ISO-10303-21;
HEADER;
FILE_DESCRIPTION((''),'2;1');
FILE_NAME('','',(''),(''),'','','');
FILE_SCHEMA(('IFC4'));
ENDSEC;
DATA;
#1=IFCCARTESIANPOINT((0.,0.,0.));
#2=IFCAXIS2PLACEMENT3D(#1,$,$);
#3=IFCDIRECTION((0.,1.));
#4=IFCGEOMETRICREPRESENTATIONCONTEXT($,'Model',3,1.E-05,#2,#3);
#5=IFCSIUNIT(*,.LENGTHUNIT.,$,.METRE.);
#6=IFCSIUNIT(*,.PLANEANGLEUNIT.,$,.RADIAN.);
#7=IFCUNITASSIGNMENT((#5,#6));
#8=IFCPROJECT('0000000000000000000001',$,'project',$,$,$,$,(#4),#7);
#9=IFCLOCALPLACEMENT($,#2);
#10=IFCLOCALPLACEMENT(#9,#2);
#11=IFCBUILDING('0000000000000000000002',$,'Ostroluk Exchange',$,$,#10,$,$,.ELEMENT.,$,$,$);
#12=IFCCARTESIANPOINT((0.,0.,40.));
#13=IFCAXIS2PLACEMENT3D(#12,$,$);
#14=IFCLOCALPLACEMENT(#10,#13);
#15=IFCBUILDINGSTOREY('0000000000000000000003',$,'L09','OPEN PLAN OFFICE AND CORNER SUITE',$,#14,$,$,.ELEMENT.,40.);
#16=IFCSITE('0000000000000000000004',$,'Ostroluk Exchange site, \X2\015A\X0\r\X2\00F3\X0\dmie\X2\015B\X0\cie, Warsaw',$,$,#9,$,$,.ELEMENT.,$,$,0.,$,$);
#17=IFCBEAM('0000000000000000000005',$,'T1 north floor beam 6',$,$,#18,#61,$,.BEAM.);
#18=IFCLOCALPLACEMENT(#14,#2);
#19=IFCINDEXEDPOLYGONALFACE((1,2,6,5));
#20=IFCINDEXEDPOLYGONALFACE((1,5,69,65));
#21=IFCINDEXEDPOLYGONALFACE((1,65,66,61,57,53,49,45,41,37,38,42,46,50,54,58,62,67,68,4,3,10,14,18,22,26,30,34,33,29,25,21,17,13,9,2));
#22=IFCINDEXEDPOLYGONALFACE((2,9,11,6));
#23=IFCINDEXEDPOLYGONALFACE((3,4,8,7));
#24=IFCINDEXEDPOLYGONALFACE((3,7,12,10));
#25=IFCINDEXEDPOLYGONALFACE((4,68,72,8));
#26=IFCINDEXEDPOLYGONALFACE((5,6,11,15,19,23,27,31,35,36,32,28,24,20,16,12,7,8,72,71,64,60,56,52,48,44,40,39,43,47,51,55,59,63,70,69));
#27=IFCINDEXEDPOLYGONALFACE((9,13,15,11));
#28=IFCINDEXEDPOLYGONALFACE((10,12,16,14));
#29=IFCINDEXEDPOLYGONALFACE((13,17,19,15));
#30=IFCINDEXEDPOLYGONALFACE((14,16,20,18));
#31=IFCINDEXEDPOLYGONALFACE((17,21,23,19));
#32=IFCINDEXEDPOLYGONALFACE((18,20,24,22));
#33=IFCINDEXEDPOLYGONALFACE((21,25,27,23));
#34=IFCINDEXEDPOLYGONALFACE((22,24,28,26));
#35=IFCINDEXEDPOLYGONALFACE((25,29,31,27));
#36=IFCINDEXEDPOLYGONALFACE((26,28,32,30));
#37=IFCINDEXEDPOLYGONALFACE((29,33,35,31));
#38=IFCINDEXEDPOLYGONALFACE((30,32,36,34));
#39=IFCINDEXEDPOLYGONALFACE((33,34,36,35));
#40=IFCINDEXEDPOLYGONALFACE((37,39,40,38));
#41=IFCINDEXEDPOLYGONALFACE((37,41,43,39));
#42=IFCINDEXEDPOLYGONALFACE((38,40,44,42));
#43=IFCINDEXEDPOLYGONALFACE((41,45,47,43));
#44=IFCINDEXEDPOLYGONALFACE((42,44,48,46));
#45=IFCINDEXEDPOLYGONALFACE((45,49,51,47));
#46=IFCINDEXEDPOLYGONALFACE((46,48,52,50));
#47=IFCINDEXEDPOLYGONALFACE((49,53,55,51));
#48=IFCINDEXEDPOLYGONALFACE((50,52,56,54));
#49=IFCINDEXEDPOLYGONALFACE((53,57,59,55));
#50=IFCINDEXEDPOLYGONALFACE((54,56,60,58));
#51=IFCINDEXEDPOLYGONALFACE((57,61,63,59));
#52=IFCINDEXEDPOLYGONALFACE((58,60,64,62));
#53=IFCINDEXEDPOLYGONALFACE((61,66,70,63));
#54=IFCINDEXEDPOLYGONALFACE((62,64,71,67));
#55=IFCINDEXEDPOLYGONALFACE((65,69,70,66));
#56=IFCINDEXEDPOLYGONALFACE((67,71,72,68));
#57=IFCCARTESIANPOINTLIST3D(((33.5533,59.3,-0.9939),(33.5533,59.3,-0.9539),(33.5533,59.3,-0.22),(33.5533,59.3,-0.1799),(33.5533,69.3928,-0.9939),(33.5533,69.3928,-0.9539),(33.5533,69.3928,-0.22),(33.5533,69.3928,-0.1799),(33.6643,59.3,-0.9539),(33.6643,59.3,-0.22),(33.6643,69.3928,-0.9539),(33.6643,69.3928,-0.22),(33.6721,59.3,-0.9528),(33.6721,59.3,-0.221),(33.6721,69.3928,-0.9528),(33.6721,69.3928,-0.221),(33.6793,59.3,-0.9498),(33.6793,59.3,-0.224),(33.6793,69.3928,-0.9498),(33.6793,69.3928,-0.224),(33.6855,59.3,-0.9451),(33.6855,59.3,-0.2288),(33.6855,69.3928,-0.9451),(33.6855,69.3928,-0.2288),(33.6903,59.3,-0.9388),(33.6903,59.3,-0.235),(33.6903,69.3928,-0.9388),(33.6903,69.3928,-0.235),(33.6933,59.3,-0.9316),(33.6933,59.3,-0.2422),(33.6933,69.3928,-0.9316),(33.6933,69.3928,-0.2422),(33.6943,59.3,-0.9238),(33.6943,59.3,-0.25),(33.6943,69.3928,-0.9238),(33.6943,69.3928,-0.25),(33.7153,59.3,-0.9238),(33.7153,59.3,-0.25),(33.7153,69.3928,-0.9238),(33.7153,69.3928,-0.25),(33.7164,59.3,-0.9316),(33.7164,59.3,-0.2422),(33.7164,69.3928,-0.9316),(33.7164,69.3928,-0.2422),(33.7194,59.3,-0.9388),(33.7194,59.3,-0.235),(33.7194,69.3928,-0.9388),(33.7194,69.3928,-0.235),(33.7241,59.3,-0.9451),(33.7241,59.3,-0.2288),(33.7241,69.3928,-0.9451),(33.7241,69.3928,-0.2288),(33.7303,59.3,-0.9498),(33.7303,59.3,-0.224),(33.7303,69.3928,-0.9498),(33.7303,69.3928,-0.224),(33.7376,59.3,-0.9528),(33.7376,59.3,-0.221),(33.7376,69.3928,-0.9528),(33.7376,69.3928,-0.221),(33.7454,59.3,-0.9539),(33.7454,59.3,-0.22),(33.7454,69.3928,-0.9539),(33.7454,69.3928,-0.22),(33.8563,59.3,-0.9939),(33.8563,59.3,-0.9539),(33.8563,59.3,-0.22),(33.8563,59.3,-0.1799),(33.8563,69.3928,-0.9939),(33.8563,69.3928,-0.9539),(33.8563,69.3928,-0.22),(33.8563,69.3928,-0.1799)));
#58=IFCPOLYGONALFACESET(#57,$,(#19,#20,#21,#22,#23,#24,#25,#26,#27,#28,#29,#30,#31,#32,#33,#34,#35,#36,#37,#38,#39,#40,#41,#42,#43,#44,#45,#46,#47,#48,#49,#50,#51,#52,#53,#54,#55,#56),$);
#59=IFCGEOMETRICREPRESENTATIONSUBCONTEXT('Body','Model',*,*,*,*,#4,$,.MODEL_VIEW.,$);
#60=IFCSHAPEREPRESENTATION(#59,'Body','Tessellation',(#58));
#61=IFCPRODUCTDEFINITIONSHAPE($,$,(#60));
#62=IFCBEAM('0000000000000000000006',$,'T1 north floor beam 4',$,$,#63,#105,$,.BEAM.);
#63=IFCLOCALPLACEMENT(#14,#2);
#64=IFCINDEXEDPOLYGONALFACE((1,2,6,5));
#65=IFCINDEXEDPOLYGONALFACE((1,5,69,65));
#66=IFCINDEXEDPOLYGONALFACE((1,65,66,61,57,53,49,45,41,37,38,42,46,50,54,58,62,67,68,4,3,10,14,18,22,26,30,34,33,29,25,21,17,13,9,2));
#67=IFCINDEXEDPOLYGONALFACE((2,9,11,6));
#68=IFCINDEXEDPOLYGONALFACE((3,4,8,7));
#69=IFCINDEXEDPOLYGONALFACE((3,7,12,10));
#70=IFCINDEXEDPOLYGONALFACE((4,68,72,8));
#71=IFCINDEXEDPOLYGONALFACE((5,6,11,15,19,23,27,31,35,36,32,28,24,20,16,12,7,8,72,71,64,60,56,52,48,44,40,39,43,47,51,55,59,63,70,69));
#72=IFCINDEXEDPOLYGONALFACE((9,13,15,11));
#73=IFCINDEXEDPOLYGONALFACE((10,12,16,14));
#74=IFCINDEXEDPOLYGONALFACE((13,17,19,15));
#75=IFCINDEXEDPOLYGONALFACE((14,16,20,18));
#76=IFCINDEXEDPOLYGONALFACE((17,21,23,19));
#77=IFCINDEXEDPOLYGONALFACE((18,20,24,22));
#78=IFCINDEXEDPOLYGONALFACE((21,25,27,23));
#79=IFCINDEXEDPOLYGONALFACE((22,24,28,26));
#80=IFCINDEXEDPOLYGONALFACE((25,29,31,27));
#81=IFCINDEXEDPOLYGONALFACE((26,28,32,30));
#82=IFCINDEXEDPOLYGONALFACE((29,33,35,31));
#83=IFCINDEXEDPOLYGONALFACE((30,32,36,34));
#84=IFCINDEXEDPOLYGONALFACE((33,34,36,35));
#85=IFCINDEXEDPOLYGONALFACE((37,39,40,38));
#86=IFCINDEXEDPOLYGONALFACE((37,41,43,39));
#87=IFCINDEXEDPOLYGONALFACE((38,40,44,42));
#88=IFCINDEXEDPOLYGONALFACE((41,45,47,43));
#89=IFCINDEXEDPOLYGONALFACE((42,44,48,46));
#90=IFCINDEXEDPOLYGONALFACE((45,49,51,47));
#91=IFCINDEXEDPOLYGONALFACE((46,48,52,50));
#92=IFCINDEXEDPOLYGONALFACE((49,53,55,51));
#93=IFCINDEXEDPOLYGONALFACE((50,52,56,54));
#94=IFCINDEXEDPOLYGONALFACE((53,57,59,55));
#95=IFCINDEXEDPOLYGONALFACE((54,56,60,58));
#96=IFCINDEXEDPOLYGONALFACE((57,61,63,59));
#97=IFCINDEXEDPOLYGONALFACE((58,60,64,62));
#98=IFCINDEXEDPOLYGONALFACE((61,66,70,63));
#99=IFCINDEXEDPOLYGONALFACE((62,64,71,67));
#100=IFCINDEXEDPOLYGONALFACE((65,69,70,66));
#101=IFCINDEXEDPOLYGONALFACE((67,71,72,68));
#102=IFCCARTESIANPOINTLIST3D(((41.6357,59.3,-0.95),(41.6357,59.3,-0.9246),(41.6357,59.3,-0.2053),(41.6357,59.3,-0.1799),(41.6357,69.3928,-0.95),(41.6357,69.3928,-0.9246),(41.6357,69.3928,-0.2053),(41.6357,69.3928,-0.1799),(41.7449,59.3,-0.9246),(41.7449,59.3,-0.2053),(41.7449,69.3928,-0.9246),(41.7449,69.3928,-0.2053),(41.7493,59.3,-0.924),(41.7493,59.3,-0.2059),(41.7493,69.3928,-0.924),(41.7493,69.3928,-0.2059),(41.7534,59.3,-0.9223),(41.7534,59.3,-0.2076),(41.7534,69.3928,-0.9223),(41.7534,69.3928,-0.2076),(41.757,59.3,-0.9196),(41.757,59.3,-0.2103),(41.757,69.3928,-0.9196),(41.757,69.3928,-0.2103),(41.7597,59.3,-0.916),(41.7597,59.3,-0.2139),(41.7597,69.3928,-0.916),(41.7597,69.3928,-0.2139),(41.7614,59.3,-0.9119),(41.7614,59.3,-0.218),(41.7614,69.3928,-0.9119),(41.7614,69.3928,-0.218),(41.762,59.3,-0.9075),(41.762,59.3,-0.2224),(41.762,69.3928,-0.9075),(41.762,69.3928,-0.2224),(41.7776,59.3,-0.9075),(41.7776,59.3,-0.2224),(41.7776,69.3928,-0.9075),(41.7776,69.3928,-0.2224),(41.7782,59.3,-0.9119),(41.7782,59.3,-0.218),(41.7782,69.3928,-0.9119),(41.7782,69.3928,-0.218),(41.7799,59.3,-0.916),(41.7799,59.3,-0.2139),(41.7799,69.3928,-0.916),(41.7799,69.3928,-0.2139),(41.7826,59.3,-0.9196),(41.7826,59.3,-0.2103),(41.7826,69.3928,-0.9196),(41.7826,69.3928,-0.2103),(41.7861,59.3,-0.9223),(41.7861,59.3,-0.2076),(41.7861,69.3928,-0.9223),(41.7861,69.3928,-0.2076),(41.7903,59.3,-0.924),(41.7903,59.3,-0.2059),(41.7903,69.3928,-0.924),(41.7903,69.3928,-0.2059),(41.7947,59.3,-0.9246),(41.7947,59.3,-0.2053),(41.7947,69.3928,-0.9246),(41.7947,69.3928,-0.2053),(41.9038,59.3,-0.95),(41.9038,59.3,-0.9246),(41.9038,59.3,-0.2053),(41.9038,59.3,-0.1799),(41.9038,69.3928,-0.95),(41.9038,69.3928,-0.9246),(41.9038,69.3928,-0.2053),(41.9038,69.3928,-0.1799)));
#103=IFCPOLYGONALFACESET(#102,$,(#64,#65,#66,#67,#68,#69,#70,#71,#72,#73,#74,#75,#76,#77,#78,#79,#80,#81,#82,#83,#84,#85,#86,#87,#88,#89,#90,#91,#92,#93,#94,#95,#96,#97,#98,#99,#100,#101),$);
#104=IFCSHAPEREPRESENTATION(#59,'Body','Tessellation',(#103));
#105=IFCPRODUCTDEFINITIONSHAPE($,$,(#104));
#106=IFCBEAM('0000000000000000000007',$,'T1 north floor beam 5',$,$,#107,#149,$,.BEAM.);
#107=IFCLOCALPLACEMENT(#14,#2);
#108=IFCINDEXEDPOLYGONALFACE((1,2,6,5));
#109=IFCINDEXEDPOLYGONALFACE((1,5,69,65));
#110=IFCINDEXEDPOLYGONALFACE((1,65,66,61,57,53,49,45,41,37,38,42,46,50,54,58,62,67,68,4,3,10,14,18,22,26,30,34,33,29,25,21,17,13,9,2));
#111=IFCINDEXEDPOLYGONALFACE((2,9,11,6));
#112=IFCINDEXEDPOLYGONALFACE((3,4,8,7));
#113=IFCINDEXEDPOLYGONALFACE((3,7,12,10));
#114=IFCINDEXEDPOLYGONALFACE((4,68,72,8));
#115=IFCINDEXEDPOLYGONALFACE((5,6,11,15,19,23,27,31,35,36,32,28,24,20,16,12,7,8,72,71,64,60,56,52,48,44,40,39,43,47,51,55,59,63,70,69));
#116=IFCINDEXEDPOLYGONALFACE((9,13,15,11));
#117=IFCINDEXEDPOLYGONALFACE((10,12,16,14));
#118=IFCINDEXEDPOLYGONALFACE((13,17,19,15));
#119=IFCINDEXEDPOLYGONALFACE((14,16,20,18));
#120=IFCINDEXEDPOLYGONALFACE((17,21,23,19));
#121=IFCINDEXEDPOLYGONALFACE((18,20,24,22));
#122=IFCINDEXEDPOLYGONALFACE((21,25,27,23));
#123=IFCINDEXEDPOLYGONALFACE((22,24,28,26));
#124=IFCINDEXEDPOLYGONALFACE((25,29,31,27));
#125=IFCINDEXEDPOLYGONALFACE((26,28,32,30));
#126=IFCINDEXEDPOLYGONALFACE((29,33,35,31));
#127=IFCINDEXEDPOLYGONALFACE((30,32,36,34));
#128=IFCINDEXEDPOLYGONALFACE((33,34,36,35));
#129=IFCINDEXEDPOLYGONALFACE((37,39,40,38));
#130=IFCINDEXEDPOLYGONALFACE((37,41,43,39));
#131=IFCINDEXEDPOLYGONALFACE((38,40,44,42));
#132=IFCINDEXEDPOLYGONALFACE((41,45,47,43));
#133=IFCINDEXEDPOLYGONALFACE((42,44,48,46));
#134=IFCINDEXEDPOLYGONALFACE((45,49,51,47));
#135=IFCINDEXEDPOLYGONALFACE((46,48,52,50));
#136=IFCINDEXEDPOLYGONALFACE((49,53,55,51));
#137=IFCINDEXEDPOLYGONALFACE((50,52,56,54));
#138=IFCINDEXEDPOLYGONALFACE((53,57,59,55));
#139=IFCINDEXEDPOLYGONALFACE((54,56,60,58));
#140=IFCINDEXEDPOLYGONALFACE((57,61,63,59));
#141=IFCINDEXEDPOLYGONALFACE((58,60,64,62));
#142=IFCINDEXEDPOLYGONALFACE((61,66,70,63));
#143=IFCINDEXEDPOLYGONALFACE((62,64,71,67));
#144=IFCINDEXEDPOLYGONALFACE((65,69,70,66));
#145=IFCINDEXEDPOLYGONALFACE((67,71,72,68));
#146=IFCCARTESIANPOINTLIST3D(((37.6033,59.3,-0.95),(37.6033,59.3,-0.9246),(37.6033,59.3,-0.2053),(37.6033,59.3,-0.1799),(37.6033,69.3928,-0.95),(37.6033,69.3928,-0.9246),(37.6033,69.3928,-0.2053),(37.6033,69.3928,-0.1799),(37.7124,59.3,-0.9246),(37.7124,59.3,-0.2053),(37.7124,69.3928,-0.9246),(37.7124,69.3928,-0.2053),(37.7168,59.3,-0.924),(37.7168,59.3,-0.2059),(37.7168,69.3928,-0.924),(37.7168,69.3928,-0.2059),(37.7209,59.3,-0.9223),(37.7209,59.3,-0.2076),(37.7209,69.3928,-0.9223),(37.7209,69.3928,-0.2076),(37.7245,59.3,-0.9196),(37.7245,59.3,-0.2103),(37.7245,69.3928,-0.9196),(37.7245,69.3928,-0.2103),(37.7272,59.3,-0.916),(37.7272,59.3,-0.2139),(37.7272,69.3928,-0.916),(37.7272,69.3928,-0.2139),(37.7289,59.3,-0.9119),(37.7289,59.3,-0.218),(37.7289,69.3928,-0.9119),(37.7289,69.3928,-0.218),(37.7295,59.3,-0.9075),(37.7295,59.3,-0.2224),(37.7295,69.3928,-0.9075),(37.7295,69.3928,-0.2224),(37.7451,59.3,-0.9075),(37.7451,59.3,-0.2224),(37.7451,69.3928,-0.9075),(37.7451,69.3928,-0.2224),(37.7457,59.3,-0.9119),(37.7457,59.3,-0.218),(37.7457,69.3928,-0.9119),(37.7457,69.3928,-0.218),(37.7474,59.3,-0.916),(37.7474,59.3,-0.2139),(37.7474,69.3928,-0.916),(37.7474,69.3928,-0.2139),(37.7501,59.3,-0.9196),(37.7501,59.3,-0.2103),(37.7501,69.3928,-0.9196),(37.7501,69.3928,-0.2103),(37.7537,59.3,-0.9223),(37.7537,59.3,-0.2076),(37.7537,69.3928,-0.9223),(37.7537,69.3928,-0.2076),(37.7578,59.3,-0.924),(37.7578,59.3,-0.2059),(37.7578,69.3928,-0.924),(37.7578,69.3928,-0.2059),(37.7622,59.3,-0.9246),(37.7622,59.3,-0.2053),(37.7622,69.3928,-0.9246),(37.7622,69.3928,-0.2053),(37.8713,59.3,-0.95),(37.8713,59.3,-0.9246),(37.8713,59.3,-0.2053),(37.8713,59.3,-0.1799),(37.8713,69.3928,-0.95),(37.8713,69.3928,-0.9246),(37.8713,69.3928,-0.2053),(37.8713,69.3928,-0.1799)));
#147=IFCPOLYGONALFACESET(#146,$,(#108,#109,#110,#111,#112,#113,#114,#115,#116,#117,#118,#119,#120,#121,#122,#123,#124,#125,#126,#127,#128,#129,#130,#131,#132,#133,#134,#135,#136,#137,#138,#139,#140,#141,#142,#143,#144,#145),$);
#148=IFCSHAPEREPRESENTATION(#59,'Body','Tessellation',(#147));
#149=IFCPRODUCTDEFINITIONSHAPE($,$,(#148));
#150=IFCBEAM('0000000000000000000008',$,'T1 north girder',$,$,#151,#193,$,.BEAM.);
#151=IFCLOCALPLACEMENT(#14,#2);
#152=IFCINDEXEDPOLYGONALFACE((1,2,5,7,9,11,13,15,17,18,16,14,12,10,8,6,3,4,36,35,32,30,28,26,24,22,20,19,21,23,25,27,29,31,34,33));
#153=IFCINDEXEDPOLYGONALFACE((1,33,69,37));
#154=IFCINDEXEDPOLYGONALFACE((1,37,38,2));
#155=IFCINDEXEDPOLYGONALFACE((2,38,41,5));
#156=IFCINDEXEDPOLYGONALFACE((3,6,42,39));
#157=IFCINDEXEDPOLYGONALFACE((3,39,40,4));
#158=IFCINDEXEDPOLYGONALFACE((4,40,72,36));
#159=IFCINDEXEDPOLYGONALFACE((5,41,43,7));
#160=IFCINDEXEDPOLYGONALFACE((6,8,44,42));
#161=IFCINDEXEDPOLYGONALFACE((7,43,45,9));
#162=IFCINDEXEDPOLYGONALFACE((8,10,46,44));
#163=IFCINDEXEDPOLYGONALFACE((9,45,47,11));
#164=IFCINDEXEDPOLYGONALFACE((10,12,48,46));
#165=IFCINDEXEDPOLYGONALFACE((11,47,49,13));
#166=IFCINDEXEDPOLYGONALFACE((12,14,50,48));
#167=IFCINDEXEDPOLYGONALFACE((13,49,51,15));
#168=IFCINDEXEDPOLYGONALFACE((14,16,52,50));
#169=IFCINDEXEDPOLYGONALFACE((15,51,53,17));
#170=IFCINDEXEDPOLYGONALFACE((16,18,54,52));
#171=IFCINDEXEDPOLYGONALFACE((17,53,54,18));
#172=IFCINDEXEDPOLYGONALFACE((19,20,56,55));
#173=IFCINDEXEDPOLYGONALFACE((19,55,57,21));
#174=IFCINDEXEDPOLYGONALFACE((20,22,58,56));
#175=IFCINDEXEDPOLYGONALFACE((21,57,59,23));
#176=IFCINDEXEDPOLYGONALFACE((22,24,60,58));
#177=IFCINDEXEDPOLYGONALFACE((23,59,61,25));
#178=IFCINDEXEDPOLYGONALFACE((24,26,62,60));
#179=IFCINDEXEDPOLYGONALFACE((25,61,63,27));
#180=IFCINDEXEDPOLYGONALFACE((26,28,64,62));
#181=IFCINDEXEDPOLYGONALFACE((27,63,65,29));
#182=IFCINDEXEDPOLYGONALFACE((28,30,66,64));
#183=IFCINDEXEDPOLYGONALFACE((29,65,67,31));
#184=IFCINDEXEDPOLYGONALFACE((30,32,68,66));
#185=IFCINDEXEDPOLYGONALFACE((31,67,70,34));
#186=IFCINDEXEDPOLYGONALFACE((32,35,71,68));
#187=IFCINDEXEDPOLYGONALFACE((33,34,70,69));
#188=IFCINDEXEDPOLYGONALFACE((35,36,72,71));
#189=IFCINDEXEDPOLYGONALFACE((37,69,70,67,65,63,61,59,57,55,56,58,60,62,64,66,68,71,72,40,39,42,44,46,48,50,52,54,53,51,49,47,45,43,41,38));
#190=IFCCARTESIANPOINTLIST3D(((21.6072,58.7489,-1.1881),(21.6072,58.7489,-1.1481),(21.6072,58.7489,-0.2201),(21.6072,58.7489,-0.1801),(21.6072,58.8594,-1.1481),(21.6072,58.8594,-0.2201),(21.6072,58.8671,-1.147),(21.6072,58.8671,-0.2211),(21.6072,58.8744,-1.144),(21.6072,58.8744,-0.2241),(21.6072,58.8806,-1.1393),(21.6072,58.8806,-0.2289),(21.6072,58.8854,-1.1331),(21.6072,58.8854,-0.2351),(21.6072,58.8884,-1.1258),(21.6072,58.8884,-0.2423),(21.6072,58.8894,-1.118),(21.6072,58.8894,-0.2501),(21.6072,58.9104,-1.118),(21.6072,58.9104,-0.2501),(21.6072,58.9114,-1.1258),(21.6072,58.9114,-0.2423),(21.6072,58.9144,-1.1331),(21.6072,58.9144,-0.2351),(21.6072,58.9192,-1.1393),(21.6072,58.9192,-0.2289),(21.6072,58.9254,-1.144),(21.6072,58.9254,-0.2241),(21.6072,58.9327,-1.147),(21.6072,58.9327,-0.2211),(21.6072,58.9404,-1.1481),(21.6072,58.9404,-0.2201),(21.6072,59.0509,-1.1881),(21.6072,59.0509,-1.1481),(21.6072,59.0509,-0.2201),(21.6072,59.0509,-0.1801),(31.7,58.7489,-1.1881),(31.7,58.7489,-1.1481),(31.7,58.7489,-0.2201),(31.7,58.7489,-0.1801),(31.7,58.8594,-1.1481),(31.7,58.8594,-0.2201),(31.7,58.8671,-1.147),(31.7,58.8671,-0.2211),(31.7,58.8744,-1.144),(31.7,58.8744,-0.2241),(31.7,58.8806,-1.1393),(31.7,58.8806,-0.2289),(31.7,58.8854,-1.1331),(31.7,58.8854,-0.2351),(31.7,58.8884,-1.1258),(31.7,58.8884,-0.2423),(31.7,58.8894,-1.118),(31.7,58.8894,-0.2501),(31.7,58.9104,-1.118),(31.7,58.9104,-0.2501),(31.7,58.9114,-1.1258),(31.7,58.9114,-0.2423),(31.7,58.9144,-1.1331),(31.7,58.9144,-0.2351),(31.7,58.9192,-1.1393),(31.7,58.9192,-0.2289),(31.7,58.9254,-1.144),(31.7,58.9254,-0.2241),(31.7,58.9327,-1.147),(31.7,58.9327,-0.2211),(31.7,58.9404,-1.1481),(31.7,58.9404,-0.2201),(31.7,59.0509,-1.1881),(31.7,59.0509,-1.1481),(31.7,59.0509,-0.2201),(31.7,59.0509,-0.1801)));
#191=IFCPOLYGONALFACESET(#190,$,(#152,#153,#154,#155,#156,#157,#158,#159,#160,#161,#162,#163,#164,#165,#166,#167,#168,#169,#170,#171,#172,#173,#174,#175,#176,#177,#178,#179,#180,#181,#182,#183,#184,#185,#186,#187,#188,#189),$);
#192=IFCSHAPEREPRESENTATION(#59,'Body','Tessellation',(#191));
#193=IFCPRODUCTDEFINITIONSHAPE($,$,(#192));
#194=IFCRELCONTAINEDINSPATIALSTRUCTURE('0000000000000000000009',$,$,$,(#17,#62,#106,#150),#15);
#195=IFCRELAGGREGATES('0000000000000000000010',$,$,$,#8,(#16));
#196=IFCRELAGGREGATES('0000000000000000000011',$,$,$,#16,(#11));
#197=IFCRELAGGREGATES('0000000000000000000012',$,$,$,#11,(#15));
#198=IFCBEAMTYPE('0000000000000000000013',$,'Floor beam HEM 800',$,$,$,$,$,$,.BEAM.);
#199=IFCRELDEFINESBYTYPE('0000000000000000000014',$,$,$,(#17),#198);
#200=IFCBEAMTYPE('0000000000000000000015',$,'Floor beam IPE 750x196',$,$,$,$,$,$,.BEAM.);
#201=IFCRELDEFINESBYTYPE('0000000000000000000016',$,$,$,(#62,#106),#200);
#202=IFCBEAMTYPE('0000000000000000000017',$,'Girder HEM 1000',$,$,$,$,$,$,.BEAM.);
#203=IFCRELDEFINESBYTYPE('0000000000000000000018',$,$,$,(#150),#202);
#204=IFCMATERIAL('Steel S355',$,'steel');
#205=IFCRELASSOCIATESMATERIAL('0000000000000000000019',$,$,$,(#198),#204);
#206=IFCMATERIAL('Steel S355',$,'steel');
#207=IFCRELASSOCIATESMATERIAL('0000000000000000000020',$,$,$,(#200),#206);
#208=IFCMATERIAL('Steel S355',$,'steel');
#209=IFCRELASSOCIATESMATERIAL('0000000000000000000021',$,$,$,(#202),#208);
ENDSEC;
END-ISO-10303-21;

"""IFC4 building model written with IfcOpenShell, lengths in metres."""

from ifc_helpers import new_model, si_unit, direction, frame, origin, origin_2d, place, context, subcontext, project, spatial, i_section, extrude, material, material_profile, profile_set, type_object, element, save


model = new_model("IFC4")

# Units and contexts
model_context = context("Model", 3, precision=1e-05, world=origin(), true_north=direction((0.0, 1.0)))
body_context = subcontext(model_context, "Body", "Model", "MODEL_VIEW")
ifc_project = project(units=[si_unit("LENGTHUNIT", "METRE"), si_unit("PLANEANGLEUNIT", "RADIAN")], contexts=[model_context])

# Site, building, storey
site_placement = place(None, origin())
site = spatial("IfcSite", under=ifc_project, at=site_placement, Name="Ostroluk Exchange site, Śródmieście, Warsaw", CompositionType="ELEMENT", RefElevation=0.0)
building_placement = place(site_placement, origin())
building = spatial("IfcBuilding", under=site, at=building_placement, Name="Ostroluk Exchange", CompositionType="ELEMENT")
storey_placement = place(building_placement, frame((0.0, 0.0, 40.0)))
storey = spatial("IfcBuildingStorey", under=building, at=storey_placement, Name="L09", Description="OPEN PLAN OFFICE AND CORNER SUITE", CompositionType="ELEMENT", Elevation=40.0)

# Beams
ifc_material_1 = material(Name="Steel S355", Category="steel")
ifc_material_profile_1 = material_profile(ifc_material_1, i_section(OverallWidth=0.303, OverallDepth=0.814, WebThickness=0.021, FlangeThickness=0.04, FilletRadius=0.03, at=origin_2d()), Name="HEM 800")
ifc_profile_set_1 = profile_set([ifc_material_profile_1], Name="Steel S355")
beam_type_1 = type_object("IfcBeamType", Name="Floor beam HEM 800", PredefinedType="BEAM", material=ifc_profile_set_1)
beam_1_placement = place(storey_placement, frame((33.7048, 59.3, -0.5869), z_axis=(0.0, 1.0, 0.0), x_axis=(-1.0, 0.0, 0.0)))
element("IfcBeam", 1, at=beam_1_placement, inside=storey, type_object=beam_type_1, Name="T1 north floor beam 6", PredefinedType="BEAM", context=body_context, shape_type="SweptSolid", body=[
    extrude(i_section(OverallWidth=0.303, OverallDepth=0.814, WebThickness=0.021, FlangeThickness=0.04, FilletRadius=0.03, at=origin_2d()), origin(), (0.0, 0.0, 1.0), 10.0928),
])
ifc_material_2 = material(Name="Steel S355", Category="steel")
ifc_material_profile_2 = material_profile(ifc_material_2, i_section(OverallWidth=0.2681, OverallDepth=0.77, WebThickness=0.0156, FlangeThickness=0.0254, FilletRadius=0.0171, at=origin_2d()), Name="IPE 750x196")
ifc_profile_set_2 = profile_set([ifc_material_profile_2], Name="Steel S355")
beam_type_2 = type_object("IfcBeamType", Name="Floor beam IPE 750x196", PredefinedType="BEAM", material=ifc_profile_set_2)
for number, where, z_axis, x_axis, name in (
    (2, (41.7698, 59.3, -0.5649), (0.0, 1.0, 0.0), (-1.0, 0.0, 0.0), "T1 north floor beam 4"),
    (3, (37.7373, 59.3, -0.5649), (0.0, 1.0, 0.0), (-1.0, 0.0, 0.0), "T1 north floor beam 5"),
):
    element("IfcBeam", number, at=place(storey_placement, frame(where, z_axis=z_axis, x_axis=x_axis)), inside=storey, type_object=beam_type_2, Name=name, PredefinedType="BEAM", context=body_context, shape_type="SweptSolid", body=[
        extrude(i_section(OverallWidth=0.2681, OverallDepth=0.77, WebThickness=0.0156, FlangeThickness=0.0254, FilletRadius=0.0171, at=origin_2d()), origin(), (0.0, 0.0, 1.0), 10.0928),
    ])
ifc_material_3 = material(Name="Steel S355", Category="steel")
ifc_material_profile_3 = material_profile(ifc_material_3, i_section(OverallWidth=0.302, OverallDepth=1.0081, WebThickness=0.021, FlangeThickness=0.04, FilletRadius=0.03, at=origin_2d()), Name="HEM 1000")
ifc_profile_set_3 = profile_set([ifc_material_profile_3], Name="Steel S355")
beam_type_3 = type_object("IfcBeamType", Name="Girder HEM 1000", PredefinedType="BEAM", material=ifc_profile_set_3)
beam_2_placement = place(storey_placement, frame((31.7, 58.8999, -0.6841), z_axis=(-1.0, 0.0, 0.0), x_axis=(0.0, -1.0, 0.0)))
element("IfcBeam", 4, at=beam_2_placement, inside=storey, type_object=beam_type_3, Name="T1 north girder", PredefinedType="BEAM", context=body_context, shape_type="SweptSolid", body=[
    extrude(i_section(OverallWidth=0.302, OverallDepth=1.0081, WebThickness=0.021, FlangeThickness=0.04, FilletRadius=0.03, at=origin_2d()), origin(), (0.0, 0.0, 1.0), 10.0928),
])

save(model, "model.ifc")
